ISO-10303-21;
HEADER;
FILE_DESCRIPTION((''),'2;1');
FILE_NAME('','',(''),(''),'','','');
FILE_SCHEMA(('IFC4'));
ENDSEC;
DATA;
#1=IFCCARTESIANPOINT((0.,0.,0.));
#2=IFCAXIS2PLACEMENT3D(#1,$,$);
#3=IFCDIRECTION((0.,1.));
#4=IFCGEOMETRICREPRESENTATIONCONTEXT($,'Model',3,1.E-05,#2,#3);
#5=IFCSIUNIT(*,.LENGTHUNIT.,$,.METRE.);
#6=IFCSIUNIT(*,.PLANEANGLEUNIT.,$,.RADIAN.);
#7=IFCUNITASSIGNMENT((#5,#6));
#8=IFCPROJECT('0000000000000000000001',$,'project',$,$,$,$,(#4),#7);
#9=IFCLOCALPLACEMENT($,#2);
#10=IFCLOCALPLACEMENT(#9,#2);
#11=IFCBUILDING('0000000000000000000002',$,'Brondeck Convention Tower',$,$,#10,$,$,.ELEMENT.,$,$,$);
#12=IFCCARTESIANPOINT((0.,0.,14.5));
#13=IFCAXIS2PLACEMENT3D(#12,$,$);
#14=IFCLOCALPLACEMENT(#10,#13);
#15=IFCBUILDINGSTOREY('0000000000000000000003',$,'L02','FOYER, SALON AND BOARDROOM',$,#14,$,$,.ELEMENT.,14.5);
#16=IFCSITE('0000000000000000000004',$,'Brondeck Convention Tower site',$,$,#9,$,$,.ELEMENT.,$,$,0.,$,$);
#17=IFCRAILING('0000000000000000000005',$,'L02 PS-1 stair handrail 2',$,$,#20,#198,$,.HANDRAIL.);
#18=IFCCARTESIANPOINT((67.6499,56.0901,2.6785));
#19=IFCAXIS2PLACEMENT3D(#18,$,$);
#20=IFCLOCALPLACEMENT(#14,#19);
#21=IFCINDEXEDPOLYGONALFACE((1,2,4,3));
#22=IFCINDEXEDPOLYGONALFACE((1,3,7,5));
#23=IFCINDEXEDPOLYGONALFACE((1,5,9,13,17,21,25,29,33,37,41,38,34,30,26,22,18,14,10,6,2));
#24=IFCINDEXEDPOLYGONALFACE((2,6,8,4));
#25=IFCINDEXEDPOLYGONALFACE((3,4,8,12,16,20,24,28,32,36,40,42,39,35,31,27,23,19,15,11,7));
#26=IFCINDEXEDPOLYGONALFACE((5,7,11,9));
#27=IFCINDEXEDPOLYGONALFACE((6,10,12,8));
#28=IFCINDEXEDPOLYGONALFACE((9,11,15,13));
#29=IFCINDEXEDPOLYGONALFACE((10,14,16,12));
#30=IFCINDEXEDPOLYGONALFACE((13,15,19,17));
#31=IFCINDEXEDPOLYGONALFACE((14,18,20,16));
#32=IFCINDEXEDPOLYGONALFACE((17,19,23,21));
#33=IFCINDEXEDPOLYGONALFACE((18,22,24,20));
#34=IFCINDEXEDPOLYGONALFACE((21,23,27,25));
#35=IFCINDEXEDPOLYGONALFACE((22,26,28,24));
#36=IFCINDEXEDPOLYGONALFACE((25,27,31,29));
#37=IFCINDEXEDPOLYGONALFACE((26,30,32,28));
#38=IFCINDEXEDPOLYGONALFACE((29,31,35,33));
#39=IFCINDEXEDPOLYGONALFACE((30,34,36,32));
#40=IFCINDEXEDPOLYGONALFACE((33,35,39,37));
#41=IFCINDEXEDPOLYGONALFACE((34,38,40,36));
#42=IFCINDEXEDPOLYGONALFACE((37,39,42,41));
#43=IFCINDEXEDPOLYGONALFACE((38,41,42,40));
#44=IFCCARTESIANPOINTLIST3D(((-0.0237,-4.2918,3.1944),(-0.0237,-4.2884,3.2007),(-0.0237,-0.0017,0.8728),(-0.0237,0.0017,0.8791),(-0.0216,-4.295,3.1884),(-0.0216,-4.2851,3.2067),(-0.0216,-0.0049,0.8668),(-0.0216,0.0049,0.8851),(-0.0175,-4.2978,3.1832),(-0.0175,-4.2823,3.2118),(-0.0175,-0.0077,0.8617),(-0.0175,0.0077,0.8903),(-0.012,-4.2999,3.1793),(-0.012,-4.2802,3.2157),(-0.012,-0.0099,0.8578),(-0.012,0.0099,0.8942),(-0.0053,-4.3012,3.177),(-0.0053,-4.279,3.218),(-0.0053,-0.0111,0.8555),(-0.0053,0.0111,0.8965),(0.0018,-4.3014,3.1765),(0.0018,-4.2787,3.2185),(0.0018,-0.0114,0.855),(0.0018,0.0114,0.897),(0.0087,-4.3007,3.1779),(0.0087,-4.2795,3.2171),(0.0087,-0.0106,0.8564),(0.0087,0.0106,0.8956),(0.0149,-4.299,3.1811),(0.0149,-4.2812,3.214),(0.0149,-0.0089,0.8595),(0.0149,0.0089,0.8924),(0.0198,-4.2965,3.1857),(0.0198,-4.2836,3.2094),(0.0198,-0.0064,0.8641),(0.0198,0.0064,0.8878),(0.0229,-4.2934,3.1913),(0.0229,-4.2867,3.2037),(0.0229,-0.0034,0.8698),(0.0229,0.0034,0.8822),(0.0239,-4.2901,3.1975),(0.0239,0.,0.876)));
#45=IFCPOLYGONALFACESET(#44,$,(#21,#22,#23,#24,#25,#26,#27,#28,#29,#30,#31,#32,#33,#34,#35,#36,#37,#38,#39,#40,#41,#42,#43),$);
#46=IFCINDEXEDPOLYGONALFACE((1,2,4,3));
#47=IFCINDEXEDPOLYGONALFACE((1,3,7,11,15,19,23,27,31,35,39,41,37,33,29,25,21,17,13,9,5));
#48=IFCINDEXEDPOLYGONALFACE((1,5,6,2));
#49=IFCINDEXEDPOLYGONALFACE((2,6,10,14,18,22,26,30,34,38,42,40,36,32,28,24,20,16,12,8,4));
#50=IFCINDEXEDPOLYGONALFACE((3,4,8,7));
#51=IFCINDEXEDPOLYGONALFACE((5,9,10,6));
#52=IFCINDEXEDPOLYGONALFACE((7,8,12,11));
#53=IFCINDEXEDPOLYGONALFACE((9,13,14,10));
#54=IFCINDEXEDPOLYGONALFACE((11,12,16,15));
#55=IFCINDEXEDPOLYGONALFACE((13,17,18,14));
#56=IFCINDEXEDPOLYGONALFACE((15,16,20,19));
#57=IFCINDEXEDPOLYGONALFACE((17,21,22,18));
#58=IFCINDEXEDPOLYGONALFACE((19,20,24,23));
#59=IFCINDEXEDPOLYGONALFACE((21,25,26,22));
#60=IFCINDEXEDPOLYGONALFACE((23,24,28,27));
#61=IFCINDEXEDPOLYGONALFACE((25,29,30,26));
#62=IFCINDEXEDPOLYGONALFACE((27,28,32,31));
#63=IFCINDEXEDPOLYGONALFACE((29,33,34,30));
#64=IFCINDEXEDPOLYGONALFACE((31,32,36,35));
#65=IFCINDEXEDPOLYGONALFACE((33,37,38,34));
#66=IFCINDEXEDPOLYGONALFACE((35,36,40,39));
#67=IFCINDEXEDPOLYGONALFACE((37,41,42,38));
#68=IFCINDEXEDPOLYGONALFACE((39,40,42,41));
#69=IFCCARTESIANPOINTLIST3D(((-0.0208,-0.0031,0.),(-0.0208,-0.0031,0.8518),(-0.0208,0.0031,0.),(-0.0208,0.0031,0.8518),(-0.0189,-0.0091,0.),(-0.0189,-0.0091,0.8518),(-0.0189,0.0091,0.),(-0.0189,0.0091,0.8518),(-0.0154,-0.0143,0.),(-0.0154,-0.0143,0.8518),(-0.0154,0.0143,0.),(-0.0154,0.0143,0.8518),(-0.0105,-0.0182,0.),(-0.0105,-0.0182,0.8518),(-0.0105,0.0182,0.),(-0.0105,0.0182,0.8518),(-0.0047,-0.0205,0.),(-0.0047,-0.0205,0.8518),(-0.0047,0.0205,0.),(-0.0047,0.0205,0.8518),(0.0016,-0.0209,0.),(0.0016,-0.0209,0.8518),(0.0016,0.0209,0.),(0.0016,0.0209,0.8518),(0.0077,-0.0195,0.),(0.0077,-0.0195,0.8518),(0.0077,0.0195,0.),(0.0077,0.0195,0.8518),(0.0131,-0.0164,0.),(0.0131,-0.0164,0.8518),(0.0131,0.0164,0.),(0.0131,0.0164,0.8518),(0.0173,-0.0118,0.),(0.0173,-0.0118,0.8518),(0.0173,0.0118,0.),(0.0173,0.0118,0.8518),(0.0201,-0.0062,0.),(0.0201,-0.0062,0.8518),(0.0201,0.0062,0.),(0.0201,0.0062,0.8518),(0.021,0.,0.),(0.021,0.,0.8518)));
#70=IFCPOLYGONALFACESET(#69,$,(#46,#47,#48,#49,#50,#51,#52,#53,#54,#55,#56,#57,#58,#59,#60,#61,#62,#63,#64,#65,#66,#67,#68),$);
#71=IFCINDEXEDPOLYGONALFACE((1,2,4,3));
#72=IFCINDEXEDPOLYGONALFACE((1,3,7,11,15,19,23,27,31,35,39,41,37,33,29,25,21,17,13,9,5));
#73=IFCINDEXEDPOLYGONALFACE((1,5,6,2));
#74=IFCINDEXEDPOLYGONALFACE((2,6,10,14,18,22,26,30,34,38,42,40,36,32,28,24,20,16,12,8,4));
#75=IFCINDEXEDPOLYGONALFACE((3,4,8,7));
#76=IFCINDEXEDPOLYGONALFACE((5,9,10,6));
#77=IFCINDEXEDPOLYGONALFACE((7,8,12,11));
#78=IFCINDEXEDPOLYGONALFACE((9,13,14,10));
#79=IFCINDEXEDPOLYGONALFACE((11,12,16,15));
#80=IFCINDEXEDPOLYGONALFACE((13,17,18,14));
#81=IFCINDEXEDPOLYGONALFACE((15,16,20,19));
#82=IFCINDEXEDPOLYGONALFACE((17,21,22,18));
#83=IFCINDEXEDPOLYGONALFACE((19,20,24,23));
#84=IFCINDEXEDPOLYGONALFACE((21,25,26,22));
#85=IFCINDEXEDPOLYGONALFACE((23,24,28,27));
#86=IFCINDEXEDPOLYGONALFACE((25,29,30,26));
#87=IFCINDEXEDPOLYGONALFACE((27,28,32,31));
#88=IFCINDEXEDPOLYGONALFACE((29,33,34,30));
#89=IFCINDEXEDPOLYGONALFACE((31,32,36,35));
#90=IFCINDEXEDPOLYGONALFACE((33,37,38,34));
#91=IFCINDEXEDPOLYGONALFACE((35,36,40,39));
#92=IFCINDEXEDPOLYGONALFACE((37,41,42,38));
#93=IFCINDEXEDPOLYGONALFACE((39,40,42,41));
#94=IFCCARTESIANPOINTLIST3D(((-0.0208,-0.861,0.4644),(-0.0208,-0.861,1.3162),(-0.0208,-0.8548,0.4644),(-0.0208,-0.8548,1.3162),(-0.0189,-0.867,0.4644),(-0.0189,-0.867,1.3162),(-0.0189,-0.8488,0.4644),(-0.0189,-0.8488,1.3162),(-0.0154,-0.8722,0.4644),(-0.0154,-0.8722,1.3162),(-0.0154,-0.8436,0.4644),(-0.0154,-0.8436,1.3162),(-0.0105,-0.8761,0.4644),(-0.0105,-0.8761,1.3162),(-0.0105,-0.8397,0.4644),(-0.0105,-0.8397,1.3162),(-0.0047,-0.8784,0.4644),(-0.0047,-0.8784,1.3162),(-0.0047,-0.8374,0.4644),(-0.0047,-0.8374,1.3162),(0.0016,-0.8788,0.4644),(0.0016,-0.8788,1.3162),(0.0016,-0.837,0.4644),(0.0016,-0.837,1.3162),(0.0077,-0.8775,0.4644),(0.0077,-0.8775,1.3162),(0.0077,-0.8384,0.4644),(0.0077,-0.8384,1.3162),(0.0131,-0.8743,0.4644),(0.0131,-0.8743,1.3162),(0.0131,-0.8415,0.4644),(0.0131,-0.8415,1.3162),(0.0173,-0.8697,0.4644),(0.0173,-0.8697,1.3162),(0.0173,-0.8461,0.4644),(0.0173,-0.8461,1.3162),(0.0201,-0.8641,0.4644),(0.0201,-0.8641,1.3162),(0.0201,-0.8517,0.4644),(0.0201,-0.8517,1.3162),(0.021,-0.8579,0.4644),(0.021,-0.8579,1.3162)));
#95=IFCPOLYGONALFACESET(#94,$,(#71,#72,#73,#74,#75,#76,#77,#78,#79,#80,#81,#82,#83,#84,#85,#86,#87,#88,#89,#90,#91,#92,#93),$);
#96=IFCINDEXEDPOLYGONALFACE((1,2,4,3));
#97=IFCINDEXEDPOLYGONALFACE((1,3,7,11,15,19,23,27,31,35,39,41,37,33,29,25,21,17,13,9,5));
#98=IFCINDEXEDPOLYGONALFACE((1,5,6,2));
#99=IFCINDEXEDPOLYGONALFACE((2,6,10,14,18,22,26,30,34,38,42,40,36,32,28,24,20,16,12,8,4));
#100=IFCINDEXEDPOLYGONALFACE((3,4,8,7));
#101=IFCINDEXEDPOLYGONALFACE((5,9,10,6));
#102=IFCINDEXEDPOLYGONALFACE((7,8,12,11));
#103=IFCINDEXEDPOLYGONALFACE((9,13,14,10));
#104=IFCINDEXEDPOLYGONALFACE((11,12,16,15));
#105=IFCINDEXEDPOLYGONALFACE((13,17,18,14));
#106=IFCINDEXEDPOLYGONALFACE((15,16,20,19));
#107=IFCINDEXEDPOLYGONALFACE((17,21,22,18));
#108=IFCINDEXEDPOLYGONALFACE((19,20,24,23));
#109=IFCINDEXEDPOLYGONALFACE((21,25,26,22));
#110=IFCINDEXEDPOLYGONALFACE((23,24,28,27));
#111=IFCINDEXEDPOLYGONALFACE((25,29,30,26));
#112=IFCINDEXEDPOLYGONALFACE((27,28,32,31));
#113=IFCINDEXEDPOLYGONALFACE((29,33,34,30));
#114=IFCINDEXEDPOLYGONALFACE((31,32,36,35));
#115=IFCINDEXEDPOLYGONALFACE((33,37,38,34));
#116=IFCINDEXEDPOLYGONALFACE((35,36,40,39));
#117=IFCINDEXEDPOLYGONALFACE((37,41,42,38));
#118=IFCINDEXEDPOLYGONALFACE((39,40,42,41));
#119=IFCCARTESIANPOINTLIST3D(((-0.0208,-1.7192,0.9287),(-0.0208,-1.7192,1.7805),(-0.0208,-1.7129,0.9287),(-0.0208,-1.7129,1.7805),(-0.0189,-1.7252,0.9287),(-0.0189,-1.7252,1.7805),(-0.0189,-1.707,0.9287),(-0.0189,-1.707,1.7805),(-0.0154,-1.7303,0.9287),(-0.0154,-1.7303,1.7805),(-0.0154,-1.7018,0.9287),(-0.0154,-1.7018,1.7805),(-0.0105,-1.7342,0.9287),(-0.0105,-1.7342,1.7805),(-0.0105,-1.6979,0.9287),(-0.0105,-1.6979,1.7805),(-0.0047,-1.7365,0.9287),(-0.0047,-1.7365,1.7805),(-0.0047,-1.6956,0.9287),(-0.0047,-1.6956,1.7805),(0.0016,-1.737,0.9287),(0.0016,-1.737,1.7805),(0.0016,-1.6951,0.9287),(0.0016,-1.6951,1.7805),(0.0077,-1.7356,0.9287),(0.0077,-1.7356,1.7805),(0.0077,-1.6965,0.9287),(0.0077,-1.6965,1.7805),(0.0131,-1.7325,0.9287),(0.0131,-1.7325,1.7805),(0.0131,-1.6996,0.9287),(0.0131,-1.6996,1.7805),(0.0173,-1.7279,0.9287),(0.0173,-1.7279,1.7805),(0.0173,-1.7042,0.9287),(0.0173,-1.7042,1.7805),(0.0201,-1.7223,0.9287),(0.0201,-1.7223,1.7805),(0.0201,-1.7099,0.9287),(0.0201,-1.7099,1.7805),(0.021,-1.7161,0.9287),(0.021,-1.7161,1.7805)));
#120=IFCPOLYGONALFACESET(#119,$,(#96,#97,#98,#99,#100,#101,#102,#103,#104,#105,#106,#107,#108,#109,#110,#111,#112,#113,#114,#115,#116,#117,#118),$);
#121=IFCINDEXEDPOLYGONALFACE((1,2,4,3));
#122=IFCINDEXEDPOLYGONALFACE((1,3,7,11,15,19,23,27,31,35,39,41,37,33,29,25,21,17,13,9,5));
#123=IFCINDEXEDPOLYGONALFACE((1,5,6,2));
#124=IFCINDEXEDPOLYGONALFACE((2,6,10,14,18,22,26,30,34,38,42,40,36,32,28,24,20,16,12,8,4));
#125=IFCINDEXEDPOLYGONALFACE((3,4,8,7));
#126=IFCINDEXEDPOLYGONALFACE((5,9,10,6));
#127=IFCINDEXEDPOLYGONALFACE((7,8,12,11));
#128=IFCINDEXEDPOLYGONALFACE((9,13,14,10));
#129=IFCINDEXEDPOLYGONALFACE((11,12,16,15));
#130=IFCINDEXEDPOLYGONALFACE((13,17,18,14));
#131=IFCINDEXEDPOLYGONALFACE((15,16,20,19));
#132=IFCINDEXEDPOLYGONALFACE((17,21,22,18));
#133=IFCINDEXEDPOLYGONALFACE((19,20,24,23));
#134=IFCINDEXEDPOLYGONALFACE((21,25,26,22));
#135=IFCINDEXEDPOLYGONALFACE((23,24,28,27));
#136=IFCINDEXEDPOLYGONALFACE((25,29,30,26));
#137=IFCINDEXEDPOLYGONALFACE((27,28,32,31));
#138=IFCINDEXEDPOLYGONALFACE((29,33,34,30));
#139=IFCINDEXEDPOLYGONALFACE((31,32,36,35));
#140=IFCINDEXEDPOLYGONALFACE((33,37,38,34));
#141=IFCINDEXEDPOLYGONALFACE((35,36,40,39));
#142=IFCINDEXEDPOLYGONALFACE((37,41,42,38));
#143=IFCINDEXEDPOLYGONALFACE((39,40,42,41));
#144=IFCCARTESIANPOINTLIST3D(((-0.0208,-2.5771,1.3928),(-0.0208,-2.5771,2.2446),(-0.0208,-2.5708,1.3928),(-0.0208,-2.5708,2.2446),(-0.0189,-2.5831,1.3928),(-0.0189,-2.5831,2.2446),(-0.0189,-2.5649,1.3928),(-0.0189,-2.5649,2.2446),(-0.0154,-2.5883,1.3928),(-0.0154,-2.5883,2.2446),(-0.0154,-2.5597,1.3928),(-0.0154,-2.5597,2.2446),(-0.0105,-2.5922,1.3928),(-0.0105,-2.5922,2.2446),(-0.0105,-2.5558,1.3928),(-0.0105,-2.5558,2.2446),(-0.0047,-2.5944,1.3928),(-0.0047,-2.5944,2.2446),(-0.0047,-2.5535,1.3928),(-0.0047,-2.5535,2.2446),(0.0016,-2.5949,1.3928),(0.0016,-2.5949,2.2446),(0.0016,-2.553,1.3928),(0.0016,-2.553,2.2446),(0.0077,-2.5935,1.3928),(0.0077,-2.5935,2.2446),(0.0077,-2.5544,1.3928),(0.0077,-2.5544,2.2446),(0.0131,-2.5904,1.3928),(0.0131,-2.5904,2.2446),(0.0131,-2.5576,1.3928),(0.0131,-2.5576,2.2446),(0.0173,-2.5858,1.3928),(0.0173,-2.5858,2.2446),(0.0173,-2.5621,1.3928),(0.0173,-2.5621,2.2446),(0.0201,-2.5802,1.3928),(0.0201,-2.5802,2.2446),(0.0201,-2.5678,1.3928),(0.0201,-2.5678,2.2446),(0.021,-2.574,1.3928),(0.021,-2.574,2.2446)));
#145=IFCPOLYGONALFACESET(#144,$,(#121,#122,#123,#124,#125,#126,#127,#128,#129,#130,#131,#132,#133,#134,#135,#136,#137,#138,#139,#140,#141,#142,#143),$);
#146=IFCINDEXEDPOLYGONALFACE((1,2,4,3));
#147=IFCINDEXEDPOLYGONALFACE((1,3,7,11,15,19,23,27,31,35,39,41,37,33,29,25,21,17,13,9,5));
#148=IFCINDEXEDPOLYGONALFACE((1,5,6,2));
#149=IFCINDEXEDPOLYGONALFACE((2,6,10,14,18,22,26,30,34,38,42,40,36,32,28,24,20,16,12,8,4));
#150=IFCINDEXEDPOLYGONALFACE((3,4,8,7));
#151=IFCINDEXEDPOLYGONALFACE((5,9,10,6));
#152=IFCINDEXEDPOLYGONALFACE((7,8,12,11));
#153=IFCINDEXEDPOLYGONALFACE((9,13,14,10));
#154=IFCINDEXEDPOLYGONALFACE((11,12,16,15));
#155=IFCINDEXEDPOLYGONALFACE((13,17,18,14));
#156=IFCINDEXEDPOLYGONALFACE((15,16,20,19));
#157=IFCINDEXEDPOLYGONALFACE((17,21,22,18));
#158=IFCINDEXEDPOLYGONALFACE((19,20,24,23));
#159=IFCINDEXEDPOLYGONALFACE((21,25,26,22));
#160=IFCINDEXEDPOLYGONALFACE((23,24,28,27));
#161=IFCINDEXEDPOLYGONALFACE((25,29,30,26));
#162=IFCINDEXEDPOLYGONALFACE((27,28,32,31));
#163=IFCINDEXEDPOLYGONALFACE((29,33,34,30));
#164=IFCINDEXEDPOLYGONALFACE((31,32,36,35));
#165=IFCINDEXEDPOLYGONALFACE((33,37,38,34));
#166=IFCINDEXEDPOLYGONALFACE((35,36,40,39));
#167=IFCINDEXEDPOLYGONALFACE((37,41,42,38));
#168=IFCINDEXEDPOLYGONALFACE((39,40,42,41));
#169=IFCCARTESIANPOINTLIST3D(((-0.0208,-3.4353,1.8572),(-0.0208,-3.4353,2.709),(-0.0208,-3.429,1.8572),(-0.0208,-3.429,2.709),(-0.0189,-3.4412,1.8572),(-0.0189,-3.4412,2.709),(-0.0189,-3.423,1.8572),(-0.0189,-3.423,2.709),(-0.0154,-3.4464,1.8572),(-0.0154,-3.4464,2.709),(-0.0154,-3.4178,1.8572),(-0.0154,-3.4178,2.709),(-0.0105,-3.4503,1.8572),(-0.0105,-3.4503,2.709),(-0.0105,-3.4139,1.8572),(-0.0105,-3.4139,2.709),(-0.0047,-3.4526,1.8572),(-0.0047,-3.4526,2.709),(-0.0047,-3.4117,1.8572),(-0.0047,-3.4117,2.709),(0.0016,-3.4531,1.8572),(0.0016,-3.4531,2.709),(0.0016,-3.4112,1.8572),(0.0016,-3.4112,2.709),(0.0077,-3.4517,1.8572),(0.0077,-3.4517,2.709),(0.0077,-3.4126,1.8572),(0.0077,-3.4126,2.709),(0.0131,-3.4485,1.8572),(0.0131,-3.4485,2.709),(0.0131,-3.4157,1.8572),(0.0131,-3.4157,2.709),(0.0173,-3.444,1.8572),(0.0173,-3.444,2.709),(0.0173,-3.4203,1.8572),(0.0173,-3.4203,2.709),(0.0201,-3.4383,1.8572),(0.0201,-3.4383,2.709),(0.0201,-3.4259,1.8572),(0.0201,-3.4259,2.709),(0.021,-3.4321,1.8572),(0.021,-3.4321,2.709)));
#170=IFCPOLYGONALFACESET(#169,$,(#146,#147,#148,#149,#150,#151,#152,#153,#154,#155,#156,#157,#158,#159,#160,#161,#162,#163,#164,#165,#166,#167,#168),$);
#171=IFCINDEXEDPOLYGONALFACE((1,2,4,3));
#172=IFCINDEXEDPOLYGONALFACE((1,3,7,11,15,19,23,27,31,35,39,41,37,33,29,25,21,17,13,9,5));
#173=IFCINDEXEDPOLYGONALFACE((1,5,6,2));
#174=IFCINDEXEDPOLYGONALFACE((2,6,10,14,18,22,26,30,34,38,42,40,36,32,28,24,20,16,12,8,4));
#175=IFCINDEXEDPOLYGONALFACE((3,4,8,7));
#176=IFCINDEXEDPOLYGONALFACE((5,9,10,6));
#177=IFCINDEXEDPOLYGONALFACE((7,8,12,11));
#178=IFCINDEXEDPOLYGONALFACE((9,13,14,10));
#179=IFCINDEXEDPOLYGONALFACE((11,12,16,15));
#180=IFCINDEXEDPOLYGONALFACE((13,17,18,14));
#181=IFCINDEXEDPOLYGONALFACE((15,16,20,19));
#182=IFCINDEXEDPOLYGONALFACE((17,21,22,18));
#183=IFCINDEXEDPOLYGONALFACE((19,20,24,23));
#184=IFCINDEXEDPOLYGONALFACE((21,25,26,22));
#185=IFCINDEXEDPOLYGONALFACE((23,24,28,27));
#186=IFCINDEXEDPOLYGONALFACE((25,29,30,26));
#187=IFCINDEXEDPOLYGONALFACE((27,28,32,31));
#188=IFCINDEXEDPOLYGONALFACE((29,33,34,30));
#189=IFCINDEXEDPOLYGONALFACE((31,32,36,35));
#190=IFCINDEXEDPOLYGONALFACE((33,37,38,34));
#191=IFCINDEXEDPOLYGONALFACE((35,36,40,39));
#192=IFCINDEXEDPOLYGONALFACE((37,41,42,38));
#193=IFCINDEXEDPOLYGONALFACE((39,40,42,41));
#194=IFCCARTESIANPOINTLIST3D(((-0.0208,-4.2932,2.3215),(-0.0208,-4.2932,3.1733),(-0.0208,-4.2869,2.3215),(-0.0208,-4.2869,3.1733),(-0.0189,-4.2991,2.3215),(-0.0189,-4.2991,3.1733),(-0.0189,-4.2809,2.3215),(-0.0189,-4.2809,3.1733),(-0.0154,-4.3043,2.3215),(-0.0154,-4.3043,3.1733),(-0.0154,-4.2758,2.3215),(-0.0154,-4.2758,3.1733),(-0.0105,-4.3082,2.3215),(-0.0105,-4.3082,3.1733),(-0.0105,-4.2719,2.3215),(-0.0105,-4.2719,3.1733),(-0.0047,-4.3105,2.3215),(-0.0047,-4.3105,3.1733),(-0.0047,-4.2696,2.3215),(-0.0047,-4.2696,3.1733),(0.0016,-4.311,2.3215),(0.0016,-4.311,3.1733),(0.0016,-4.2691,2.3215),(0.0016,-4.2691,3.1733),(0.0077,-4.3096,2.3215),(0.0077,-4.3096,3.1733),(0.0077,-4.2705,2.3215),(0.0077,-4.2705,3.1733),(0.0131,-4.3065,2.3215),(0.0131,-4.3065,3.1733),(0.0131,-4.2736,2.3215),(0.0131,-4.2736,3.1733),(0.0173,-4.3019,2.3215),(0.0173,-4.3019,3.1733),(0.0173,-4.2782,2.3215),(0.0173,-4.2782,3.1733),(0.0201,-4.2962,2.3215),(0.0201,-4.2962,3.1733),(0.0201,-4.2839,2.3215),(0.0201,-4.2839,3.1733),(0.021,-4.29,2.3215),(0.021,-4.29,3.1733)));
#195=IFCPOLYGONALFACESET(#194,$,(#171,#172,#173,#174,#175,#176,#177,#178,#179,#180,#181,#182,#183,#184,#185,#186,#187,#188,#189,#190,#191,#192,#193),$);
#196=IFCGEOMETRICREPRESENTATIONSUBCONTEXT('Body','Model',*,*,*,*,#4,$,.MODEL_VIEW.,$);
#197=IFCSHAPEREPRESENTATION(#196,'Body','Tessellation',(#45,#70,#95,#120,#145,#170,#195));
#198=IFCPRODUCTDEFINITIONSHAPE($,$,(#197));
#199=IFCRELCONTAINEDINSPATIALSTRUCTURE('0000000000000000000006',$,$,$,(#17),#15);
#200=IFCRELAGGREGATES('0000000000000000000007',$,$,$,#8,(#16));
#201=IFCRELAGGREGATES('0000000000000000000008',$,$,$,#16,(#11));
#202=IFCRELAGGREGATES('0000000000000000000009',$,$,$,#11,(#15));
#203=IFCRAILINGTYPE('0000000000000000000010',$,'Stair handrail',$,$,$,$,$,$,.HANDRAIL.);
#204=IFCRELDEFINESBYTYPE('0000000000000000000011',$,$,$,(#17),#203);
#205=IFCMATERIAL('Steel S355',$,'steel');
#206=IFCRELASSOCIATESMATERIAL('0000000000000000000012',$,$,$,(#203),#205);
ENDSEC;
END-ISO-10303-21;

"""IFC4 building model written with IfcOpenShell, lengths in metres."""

from ifc_helpers import new_model, si_unit, direction, frame, origin, origin_2d, place, context, subcontext, project, spatial, circle, extrude, material, type_object, element, save


model = new_model("IFC4")

# Units and contexts
model_context = context("Model", 3, precision=1e-05, world=origin(), true_north=direction((0.0, 1.0)))
body_context = subcontext(model_context, "Body", "Model", "MODEL_VIEW")
ifc_project = project(units=[si_unit("LENGTHUNIT", "METRE"), si_unit("PLANEANGLEUNIT", "RADIAN")], contexts=[model_context])

# Site, building, storey
site_placement = place(None, origin())
site = spatial("IfcSite", under=ifc_project, at=site_placement, Name="Brondeck Convention Tower site", CompositionType="ELEMENT", RefElevation=0.0)
building_placement = place(site_placement, origin())
building = spatial("IfcBuilding", under=site, at=building_placement, Name="Brondeck Convention Tower", CompositionType="ELEMENT")
storey_placement = place(building_placement, frame((0.0, 0.0, 14.5)))
storey = spatial("IfcBuildingStorey", under=building, at=storey_placement, Name="L02", Description="FOYER, SALON AND BOARDROOM", CompositionType="ELEMENT", Elevation=14.5)

# Railing
ifc_material_1 = material(Name="Steel S355", Category="steel")
railing_type_1 = type_object("IfcRailingType", Name="Stair handrail", PredefinedType="HANDRAIL", material=ifc_material_1)
railing_1_placement = place(storey_placement, frame((67.6499, 56.0901, 2.6785)))
element("IfcRailing", 1, at=railing_1_placement, inside=storey, type_object=railing_type_1, Name="L02 PS-1 stair handrail 2", PredefinedType="HANDRAIL", context=body_context, shape_type="SweptSolid", body=[
    extrude(circle(Radius=0.0239, at=origin_2d()), frame((0.0, 0.0, 0.876), z_axis=(0.0, -0.879484, 0.475928), x_axis=(1.0, 0.0, 0.0)), (0.0, 0.0, 1.0), 4.8779),
    extrude(circle(Radius=0.021, at=origin_2d()), origin(), (0.0, 0.0, 1.0), 0.8518),
    extrude(circle(Radius=0.021, at=origin_2d()), frame((0.0, -0.8579, 0.4644)), (0.0, 0.0, 1.0), 0.8518),
    extrude(circle(Radius=0.021, at=origin_2d()), frame((0.0, -1.7161, 0.9287)), (0.0, 0.0, 1.0), 0.8518),
    extrude(circle(Radius=0.021, at=origin_2d()), frame((0.0, -2.574, 1.3928)), (0.0, 0.0, 1.0), 0.8518),
    extrude(circle(Radius=0.021, at=origin_2d()), frame((0.0, -3.4321, 1.8572)), (0.0, 0.0, 1.0), 0.8518),
    extrude(circle(Radius=0.021, at=origin_2d()), frame((0.0, -4.29, 2.3215)), (0.0, 0.0, 1.0), 0.8518),
])

save(model, "model.ifc")
